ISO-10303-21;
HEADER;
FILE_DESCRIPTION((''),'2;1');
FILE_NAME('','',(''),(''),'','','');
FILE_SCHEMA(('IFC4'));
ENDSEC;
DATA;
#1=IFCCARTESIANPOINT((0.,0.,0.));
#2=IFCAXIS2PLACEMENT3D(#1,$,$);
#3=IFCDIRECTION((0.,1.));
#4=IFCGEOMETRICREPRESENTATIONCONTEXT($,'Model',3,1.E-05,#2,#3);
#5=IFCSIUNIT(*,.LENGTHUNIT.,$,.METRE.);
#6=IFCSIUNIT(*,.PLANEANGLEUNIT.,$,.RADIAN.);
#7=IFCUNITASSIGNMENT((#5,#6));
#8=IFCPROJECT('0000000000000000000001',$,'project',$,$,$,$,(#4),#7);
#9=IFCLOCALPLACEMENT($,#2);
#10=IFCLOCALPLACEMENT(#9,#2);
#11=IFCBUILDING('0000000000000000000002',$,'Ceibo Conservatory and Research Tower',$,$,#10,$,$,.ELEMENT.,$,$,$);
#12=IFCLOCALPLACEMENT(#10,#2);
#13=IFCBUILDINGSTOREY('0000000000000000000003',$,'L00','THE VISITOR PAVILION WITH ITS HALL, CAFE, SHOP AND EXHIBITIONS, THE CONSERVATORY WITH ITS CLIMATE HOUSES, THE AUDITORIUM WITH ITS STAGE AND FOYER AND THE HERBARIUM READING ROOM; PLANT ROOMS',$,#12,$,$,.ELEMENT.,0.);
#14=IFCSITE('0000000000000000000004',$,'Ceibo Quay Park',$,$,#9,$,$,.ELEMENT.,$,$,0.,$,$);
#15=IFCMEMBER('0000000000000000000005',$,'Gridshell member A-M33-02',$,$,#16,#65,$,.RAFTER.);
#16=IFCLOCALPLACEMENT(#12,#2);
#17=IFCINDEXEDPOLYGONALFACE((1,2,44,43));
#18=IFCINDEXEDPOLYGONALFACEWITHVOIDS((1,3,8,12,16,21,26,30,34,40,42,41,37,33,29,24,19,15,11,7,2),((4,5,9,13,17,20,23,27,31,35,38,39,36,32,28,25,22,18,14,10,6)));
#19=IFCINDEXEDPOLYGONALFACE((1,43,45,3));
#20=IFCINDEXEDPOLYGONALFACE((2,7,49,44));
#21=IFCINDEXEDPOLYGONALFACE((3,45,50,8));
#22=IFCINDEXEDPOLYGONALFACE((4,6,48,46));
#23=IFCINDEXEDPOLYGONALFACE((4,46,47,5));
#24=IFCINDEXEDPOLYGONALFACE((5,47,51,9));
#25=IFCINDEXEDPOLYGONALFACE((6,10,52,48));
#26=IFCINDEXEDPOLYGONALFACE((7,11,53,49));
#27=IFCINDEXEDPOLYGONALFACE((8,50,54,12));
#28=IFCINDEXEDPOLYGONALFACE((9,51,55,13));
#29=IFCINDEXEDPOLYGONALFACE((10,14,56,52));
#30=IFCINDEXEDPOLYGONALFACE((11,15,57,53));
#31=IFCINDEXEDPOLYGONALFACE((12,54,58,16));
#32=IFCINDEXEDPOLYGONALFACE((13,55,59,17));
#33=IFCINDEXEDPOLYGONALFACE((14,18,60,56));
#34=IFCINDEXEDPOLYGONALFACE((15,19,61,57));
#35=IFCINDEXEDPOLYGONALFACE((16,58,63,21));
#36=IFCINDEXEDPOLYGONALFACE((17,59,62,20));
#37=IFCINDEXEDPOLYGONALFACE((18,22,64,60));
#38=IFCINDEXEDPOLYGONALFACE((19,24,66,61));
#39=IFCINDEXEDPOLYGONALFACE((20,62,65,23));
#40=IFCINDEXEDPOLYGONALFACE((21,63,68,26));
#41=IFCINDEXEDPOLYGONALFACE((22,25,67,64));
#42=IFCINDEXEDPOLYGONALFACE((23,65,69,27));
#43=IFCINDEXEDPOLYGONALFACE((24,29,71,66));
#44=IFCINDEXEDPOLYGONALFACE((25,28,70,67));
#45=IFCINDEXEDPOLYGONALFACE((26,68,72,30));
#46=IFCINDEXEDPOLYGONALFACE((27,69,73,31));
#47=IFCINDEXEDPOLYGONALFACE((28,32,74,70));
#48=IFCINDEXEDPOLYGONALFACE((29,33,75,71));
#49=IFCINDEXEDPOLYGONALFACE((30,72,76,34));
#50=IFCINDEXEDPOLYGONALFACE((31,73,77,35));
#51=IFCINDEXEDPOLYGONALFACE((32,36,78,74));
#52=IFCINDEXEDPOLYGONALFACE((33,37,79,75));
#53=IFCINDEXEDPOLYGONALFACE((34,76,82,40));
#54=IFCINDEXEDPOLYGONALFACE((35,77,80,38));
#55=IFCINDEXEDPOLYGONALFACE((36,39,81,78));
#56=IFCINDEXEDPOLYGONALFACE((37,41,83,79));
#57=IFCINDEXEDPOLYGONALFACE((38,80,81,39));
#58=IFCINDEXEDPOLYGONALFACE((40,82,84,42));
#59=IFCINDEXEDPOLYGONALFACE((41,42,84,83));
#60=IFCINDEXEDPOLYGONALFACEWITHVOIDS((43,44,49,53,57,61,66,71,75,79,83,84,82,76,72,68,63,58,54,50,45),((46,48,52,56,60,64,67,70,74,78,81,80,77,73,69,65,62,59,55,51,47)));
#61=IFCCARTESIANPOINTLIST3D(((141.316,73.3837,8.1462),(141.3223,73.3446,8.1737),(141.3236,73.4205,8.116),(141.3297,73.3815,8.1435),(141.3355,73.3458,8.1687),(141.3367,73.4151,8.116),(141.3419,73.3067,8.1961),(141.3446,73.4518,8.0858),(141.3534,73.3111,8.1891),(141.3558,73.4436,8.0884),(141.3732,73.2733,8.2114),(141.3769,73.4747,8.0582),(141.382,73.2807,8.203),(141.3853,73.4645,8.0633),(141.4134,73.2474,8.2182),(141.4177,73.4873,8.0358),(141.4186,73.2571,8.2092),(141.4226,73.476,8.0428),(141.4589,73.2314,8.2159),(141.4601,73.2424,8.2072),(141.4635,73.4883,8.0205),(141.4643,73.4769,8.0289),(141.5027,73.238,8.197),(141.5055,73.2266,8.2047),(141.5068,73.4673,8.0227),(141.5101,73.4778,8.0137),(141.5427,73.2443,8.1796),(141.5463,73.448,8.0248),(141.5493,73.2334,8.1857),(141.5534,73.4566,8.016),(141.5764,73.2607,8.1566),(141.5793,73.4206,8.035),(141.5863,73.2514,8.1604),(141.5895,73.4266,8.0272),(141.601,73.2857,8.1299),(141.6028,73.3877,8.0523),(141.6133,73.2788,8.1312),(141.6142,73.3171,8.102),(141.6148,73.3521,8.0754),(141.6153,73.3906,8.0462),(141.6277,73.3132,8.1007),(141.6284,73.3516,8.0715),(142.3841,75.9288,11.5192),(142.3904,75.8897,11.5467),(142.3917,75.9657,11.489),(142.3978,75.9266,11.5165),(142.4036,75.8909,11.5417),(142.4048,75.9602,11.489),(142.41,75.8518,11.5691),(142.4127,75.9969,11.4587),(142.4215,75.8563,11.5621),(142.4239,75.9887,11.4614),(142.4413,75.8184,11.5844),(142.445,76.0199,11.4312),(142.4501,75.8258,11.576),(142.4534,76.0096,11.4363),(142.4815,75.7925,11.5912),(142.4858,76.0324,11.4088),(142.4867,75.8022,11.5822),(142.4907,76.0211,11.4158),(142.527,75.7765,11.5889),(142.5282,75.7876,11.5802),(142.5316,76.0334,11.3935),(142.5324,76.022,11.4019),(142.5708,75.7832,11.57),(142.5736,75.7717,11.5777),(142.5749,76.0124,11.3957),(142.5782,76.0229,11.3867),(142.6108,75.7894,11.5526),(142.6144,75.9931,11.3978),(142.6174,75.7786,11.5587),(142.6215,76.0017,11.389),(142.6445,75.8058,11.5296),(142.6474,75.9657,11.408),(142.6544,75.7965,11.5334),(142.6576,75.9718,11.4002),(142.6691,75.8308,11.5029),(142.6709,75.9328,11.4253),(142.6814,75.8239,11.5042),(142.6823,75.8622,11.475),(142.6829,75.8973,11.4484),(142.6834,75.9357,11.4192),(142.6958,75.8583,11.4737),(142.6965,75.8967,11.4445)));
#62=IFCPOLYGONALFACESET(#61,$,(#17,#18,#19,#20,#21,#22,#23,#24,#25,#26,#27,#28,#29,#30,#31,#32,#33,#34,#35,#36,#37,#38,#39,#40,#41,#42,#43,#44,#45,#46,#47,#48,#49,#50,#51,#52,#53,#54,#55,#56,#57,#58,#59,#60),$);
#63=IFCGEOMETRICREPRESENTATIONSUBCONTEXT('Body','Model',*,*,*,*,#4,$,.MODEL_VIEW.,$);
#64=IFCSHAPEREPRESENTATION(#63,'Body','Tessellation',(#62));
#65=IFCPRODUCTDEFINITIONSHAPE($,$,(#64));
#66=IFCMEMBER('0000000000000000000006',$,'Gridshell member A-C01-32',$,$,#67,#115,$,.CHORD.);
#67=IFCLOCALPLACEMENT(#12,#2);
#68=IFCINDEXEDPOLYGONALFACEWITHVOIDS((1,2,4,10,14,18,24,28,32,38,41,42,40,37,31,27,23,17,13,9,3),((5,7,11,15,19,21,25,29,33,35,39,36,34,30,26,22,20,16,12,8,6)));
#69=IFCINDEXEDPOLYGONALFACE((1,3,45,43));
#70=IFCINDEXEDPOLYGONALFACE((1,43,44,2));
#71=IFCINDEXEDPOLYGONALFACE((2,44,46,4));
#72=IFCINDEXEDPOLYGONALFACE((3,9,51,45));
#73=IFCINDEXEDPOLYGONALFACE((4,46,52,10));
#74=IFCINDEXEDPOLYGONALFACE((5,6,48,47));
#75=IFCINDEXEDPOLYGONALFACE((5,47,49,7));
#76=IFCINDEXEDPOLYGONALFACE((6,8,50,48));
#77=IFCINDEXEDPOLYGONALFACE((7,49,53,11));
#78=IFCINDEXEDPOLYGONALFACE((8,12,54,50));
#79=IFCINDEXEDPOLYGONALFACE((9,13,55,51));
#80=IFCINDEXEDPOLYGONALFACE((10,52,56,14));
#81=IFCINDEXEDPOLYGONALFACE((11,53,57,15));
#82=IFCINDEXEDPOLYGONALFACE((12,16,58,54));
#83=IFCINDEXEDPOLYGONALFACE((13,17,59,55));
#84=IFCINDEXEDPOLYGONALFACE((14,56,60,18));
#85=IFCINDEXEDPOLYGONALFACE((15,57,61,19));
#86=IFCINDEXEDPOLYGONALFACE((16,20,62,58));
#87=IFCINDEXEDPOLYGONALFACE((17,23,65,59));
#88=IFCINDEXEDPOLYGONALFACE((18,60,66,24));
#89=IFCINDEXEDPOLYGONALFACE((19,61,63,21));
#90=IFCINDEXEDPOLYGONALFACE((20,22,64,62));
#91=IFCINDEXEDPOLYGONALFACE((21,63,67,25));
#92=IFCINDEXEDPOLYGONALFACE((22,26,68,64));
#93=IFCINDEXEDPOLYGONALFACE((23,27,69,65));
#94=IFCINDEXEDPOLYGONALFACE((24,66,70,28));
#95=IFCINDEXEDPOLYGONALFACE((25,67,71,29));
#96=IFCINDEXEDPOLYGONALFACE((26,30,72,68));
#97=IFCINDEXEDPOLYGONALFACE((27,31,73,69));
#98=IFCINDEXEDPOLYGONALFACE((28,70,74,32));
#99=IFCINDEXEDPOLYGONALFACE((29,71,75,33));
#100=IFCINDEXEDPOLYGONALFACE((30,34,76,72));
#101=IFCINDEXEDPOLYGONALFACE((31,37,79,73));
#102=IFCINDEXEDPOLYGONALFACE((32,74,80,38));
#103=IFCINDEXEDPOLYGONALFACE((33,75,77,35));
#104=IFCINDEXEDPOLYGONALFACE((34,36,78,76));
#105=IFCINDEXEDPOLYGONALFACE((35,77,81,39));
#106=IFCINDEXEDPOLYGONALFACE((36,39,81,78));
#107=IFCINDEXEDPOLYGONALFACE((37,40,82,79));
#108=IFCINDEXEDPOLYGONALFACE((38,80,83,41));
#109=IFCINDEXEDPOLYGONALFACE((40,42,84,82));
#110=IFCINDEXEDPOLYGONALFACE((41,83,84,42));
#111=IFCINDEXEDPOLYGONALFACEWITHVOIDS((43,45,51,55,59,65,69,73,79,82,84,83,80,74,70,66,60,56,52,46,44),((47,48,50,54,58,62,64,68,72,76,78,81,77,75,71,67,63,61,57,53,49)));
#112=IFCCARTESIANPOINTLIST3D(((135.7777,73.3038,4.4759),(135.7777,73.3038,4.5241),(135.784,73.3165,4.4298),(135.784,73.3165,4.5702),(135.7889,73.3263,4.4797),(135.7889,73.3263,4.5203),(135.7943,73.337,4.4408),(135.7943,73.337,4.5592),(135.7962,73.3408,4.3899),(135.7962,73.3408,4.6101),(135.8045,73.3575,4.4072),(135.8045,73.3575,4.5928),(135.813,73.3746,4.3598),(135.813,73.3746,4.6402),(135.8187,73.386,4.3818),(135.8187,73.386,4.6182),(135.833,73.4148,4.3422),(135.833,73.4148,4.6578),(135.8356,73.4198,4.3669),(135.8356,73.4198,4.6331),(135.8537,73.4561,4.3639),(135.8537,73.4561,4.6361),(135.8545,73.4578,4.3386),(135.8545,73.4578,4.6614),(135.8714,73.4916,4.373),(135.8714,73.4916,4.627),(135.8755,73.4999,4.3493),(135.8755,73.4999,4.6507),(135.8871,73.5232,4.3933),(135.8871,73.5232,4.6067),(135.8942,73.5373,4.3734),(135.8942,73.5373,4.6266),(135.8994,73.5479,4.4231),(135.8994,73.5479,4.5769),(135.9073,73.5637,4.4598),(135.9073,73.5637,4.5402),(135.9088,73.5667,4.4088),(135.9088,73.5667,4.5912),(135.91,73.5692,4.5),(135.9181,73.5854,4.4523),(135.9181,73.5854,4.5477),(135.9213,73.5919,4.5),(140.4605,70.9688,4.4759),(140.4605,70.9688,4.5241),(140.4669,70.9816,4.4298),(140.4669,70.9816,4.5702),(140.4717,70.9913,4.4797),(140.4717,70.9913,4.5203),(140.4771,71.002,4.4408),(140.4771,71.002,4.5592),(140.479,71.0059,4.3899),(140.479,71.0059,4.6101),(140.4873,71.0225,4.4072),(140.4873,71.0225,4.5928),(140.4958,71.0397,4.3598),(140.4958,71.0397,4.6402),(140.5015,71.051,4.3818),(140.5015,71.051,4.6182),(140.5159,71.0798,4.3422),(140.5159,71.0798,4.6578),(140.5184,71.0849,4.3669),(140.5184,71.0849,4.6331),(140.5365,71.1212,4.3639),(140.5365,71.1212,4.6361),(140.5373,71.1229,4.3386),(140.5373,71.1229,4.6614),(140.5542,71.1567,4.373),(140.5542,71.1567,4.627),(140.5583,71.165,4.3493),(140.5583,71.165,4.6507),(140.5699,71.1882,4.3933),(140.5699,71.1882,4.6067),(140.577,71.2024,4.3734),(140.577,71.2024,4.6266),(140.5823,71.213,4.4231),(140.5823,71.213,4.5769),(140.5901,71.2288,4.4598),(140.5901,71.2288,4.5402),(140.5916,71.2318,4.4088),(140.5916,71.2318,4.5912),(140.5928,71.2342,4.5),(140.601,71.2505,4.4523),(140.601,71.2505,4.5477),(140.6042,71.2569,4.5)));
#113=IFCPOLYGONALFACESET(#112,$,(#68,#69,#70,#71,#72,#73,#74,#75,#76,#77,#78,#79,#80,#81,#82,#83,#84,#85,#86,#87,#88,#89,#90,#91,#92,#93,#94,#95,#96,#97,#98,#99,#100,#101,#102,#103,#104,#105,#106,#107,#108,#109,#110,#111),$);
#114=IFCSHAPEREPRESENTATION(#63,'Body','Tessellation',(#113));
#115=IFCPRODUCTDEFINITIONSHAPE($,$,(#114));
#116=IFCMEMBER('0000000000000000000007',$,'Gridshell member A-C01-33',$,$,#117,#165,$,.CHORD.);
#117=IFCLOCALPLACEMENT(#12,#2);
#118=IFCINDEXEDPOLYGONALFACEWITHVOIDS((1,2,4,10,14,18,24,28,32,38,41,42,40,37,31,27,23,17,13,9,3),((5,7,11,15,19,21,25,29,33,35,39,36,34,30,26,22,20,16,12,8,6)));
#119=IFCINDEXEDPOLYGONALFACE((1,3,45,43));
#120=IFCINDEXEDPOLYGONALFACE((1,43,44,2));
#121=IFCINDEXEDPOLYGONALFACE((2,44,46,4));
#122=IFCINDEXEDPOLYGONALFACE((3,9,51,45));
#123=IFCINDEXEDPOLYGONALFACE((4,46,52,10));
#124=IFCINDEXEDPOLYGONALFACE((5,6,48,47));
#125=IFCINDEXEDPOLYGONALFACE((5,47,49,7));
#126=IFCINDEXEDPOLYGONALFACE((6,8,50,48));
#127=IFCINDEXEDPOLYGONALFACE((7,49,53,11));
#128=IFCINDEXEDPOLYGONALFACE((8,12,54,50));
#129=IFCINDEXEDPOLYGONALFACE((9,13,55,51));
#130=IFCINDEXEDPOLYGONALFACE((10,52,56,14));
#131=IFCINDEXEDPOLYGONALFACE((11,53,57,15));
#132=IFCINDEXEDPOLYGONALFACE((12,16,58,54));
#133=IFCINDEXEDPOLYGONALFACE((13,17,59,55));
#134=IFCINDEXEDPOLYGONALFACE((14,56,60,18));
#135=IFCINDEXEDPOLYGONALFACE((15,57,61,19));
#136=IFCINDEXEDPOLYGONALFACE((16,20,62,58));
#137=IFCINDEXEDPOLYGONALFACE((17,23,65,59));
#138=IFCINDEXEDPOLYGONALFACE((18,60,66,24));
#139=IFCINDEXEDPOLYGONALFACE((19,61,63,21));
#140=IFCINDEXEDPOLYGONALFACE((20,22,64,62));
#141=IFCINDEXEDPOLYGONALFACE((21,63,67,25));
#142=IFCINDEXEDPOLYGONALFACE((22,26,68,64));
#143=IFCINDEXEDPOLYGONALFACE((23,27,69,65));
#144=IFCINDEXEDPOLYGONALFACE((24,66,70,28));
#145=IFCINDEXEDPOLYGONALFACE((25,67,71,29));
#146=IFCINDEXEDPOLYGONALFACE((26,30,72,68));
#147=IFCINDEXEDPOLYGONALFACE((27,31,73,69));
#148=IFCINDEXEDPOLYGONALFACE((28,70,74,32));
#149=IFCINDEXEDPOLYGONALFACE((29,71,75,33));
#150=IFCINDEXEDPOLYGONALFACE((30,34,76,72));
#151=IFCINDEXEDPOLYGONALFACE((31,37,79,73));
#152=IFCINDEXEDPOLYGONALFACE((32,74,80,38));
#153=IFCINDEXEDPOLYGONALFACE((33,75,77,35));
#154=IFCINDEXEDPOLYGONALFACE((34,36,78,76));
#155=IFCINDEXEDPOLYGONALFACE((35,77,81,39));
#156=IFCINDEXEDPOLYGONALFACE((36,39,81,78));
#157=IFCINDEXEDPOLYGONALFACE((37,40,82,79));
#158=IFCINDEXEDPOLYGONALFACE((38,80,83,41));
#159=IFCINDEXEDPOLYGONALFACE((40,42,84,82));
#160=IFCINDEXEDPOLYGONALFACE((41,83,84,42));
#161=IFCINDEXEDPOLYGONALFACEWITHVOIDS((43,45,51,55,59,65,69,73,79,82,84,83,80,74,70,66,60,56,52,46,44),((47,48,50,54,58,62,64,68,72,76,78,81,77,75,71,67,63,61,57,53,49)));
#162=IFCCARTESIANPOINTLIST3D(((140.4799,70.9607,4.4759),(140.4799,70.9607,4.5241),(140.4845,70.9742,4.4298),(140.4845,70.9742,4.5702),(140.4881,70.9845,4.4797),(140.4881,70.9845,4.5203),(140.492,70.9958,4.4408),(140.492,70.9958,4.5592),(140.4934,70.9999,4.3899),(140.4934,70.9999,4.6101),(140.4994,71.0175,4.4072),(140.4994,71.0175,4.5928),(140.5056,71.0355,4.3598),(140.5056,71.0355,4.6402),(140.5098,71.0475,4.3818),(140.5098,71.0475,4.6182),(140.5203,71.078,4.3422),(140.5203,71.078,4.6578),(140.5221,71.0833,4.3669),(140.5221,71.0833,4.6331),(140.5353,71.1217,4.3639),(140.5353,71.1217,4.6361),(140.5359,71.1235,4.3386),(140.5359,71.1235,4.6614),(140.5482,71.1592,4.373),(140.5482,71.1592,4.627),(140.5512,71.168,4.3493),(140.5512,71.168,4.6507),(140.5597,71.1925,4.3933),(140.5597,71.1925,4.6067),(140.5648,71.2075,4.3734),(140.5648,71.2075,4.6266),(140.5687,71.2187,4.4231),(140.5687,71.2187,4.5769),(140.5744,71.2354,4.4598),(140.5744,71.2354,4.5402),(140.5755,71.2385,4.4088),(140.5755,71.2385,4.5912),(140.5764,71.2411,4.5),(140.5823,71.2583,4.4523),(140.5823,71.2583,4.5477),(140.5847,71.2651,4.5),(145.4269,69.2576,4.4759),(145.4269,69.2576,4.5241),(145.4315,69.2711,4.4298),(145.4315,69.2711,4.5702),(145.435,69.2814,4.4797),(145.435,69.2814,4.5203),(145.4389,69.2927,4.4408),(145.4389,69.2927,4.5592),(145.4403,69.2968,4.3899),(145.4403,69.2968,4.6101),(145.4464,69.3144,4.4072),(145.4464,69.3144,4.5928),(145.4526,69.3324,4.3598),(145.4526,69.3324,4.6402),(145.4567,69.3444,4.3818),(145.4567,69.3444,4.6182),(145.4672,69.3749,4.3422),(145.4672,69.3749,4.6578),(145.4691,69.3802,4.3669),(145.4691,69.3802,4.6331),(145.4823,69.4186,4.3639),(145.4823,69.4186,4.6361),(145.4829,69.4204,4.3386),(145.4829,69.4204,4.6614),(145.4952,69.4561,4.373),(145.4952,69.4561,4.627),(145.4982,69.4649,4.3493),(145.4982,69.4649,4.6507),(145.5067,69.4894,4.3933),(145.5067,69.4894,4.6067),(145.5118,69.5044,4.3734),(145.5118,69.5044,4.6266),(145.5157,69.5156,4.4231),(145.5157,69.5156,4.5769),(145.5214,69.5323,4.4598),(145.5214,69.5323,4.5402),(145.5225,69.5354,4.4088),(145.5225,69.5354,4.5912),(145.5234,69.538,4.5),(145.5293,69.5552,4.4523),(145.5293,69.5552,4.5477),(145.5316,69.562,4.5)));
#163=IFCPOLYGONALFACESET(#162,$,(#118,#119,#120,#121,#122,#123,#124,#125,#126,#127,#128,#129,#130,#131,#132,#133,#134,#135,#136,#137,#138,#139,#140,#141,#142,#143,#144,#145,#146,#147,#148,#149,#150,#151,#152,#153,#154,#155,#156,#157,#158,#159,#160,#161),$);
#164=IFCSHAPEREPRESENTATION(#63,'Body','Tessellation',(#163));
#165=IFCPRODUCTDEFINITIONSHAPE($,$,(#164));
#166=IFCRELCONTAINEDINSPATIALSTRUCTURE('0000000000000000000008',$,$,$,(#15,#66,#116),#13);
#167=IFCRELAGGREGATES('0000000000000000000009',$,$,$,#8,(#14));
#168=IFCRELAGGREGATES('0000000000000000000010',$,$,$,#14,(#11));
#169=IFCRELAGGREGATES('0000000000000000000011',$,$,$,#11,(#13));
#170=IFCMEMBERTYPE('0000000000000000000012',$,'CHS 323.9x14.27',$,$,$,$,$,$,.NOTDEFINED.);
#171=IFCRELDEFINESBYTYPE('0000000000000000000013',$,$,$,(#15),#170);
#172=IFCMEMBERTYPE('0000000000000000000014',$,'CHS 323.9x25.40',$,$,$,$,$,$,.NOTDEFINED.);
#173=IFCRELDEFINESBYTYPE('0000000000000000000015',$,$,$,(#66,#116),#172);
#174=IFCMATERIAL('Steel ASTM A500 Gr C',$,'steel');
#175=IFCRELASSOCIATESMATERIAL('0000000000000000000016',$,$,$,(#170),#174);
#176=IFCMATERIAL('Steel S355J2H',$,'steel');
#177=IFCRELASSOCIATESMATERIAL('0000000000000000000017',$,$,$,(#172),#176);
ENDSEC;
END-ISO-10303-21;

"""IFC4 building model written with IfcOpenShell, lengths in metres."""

from ifc_helpers import new_model, si_unit, direction, frame, origin, origin_2d, place, context, subcontext, project, spatial, hollow_circle, extrude, material, material_profile, profile_set, type_object, element, save


model = new_model("IFC4")

# Units and contexts
model_context = context("Model", 3, precision=1e-05, world=origin(), true_north=direction((0.0, 1.0)))
body_context = subcontext(model_context, "Body", "Model", "MODEL_VIEW")
ifc_project = project(units=[si_unit("LENGTHUNIT", "METRE"), si_unit("PLANEANGLEUNIT", "RADIAN")], contexts=[model_context])

# Site, building, storey
site_placement = place(None, origin())
site = spatial("IfcSite", under=ifc_project, at=site_placement, Name="Ceibo Quay Park", CompositionType="ELEMENT", RefElevation=0.0)
building_placement = place(site_placement, origin())
building = spatial("IfcBuilding", under=site, at=building_placement, Name="Ceibo Conservatory and Research Tower", CompositionType="ELEMENT")
storey_placement = place(building_placement, origin())
storey = spatial("IfcBuildingStorey", under=building, at=storey_placement, Name="L00", Description="THE VISITOR PAVILION WITH ITS HALL, CAFE, SHOP AND EXHIBITIONS, THE CONSERVATORY WITH ITS CLIMATE HOUSES, THE AUDITORIUM WITH ITS STAGE AND FOYER AND THE HERBARIUM READING ROOM; PLANT ROOMS", CompositionType="ELEMENT", Elevation=0.0)

# Members
ifc_material_1 = material(Name="Steel ASTM A500 Gr C", Category="steel")
ifc_material_profile_1 = material_profile(ifc_material_1, hollow_circle(Radius=0.1619, WallThickness=0.0142, at=origin_2d()), Name="CHS 323.9x14.27")
ifc_profile_set_1 = profile_set([ifc_material_profile_1], Name="Steel ASTM A500 Gr C")
member_type_1 = type_object("IfcMemberType", Name="CHS 323.9x14.27", PredefinedType="NOTDEFINED", material=ifc_profile_set_1)
member_1_placement = place(storey_placement, frame((141.4729, 73.3579, 8.116), z_axis=(0.245067, 0.58396, 0.773908), x_axis=(-0.922093, 0.386969, 0.0)))
element("IfcMember", 1, at=member_1_placement, inside=storey, type_object=member_type_1, Name="Gridshell member A-M33-02", PredefinedType="RAFTER", context=body_context, shape_type="SweptSolid", body=[
    extrude(hollow_circle(Radius=0.1619, WallThickness=0.0142, at=origin_2d()), origin(), (0.0, 0.0, 1.0), 4.3584),
])
ifc_material_2 = material(Name="Steel S355J2H", Category="steel")
ifc_material_profile_2 = material_profile(ifc_material_2, hollow_circle(Radius=0.1619, WallThickness=0.0254, at=origin_2d()), Name="CHS 323.9x25.40")
ifc_profile_set_2 = profile_set([ifc_material_profile_2], Name="Steel S355J2H")
member_type_2 = type_object("IfcMemberType", Name="CHS 323.9x25.40", PredefinedType="NOTDEFINED", material=ifc_profile_set_2)
member_2_placement = place(storey_placement, frame((135.8491, 73.447, 4.5), z_axis=(0.894921, -0.446224, 0.0), x_axis=(0.446224, 0.894921, 0.0)))
element("IfcMember", 2, at=member_2_placement, inside=storey, type_object=member_type_2, Name="Gridshell member A-C01-32", PredefinedType="CHORD", context=body_context, shape_type="SweptSolid", body=[
    extrude(hollow_circle(Radius=0.1619, WallThickness=0.0254, at=origin_2d()), origin(), (0.0, 0.0, 1.0), 5.2327),
])
member_3_placement = place(storey_placement, frame((140.532, 71.1121, 4.5), z_axis=(0.945535, -0.325522, 0.0), x_axis=(0.325522, 0.945535, 0.0)))
element("IfcMember", 3, at=member_3_placement, inside=storey, type_object=member_type_2, Name="Gridshell member A-C01-33", PredefinedType="CHORD", context=body_context, shape_type="SweptSolid", body=[
    extrude(hollow_circle(Radius=0.1619, WallThickness=0.0254, at=origin_2d()), origin(), (0.0, 0.0, 1.0), 5.2319),
])

save(model, "model.ifc")
